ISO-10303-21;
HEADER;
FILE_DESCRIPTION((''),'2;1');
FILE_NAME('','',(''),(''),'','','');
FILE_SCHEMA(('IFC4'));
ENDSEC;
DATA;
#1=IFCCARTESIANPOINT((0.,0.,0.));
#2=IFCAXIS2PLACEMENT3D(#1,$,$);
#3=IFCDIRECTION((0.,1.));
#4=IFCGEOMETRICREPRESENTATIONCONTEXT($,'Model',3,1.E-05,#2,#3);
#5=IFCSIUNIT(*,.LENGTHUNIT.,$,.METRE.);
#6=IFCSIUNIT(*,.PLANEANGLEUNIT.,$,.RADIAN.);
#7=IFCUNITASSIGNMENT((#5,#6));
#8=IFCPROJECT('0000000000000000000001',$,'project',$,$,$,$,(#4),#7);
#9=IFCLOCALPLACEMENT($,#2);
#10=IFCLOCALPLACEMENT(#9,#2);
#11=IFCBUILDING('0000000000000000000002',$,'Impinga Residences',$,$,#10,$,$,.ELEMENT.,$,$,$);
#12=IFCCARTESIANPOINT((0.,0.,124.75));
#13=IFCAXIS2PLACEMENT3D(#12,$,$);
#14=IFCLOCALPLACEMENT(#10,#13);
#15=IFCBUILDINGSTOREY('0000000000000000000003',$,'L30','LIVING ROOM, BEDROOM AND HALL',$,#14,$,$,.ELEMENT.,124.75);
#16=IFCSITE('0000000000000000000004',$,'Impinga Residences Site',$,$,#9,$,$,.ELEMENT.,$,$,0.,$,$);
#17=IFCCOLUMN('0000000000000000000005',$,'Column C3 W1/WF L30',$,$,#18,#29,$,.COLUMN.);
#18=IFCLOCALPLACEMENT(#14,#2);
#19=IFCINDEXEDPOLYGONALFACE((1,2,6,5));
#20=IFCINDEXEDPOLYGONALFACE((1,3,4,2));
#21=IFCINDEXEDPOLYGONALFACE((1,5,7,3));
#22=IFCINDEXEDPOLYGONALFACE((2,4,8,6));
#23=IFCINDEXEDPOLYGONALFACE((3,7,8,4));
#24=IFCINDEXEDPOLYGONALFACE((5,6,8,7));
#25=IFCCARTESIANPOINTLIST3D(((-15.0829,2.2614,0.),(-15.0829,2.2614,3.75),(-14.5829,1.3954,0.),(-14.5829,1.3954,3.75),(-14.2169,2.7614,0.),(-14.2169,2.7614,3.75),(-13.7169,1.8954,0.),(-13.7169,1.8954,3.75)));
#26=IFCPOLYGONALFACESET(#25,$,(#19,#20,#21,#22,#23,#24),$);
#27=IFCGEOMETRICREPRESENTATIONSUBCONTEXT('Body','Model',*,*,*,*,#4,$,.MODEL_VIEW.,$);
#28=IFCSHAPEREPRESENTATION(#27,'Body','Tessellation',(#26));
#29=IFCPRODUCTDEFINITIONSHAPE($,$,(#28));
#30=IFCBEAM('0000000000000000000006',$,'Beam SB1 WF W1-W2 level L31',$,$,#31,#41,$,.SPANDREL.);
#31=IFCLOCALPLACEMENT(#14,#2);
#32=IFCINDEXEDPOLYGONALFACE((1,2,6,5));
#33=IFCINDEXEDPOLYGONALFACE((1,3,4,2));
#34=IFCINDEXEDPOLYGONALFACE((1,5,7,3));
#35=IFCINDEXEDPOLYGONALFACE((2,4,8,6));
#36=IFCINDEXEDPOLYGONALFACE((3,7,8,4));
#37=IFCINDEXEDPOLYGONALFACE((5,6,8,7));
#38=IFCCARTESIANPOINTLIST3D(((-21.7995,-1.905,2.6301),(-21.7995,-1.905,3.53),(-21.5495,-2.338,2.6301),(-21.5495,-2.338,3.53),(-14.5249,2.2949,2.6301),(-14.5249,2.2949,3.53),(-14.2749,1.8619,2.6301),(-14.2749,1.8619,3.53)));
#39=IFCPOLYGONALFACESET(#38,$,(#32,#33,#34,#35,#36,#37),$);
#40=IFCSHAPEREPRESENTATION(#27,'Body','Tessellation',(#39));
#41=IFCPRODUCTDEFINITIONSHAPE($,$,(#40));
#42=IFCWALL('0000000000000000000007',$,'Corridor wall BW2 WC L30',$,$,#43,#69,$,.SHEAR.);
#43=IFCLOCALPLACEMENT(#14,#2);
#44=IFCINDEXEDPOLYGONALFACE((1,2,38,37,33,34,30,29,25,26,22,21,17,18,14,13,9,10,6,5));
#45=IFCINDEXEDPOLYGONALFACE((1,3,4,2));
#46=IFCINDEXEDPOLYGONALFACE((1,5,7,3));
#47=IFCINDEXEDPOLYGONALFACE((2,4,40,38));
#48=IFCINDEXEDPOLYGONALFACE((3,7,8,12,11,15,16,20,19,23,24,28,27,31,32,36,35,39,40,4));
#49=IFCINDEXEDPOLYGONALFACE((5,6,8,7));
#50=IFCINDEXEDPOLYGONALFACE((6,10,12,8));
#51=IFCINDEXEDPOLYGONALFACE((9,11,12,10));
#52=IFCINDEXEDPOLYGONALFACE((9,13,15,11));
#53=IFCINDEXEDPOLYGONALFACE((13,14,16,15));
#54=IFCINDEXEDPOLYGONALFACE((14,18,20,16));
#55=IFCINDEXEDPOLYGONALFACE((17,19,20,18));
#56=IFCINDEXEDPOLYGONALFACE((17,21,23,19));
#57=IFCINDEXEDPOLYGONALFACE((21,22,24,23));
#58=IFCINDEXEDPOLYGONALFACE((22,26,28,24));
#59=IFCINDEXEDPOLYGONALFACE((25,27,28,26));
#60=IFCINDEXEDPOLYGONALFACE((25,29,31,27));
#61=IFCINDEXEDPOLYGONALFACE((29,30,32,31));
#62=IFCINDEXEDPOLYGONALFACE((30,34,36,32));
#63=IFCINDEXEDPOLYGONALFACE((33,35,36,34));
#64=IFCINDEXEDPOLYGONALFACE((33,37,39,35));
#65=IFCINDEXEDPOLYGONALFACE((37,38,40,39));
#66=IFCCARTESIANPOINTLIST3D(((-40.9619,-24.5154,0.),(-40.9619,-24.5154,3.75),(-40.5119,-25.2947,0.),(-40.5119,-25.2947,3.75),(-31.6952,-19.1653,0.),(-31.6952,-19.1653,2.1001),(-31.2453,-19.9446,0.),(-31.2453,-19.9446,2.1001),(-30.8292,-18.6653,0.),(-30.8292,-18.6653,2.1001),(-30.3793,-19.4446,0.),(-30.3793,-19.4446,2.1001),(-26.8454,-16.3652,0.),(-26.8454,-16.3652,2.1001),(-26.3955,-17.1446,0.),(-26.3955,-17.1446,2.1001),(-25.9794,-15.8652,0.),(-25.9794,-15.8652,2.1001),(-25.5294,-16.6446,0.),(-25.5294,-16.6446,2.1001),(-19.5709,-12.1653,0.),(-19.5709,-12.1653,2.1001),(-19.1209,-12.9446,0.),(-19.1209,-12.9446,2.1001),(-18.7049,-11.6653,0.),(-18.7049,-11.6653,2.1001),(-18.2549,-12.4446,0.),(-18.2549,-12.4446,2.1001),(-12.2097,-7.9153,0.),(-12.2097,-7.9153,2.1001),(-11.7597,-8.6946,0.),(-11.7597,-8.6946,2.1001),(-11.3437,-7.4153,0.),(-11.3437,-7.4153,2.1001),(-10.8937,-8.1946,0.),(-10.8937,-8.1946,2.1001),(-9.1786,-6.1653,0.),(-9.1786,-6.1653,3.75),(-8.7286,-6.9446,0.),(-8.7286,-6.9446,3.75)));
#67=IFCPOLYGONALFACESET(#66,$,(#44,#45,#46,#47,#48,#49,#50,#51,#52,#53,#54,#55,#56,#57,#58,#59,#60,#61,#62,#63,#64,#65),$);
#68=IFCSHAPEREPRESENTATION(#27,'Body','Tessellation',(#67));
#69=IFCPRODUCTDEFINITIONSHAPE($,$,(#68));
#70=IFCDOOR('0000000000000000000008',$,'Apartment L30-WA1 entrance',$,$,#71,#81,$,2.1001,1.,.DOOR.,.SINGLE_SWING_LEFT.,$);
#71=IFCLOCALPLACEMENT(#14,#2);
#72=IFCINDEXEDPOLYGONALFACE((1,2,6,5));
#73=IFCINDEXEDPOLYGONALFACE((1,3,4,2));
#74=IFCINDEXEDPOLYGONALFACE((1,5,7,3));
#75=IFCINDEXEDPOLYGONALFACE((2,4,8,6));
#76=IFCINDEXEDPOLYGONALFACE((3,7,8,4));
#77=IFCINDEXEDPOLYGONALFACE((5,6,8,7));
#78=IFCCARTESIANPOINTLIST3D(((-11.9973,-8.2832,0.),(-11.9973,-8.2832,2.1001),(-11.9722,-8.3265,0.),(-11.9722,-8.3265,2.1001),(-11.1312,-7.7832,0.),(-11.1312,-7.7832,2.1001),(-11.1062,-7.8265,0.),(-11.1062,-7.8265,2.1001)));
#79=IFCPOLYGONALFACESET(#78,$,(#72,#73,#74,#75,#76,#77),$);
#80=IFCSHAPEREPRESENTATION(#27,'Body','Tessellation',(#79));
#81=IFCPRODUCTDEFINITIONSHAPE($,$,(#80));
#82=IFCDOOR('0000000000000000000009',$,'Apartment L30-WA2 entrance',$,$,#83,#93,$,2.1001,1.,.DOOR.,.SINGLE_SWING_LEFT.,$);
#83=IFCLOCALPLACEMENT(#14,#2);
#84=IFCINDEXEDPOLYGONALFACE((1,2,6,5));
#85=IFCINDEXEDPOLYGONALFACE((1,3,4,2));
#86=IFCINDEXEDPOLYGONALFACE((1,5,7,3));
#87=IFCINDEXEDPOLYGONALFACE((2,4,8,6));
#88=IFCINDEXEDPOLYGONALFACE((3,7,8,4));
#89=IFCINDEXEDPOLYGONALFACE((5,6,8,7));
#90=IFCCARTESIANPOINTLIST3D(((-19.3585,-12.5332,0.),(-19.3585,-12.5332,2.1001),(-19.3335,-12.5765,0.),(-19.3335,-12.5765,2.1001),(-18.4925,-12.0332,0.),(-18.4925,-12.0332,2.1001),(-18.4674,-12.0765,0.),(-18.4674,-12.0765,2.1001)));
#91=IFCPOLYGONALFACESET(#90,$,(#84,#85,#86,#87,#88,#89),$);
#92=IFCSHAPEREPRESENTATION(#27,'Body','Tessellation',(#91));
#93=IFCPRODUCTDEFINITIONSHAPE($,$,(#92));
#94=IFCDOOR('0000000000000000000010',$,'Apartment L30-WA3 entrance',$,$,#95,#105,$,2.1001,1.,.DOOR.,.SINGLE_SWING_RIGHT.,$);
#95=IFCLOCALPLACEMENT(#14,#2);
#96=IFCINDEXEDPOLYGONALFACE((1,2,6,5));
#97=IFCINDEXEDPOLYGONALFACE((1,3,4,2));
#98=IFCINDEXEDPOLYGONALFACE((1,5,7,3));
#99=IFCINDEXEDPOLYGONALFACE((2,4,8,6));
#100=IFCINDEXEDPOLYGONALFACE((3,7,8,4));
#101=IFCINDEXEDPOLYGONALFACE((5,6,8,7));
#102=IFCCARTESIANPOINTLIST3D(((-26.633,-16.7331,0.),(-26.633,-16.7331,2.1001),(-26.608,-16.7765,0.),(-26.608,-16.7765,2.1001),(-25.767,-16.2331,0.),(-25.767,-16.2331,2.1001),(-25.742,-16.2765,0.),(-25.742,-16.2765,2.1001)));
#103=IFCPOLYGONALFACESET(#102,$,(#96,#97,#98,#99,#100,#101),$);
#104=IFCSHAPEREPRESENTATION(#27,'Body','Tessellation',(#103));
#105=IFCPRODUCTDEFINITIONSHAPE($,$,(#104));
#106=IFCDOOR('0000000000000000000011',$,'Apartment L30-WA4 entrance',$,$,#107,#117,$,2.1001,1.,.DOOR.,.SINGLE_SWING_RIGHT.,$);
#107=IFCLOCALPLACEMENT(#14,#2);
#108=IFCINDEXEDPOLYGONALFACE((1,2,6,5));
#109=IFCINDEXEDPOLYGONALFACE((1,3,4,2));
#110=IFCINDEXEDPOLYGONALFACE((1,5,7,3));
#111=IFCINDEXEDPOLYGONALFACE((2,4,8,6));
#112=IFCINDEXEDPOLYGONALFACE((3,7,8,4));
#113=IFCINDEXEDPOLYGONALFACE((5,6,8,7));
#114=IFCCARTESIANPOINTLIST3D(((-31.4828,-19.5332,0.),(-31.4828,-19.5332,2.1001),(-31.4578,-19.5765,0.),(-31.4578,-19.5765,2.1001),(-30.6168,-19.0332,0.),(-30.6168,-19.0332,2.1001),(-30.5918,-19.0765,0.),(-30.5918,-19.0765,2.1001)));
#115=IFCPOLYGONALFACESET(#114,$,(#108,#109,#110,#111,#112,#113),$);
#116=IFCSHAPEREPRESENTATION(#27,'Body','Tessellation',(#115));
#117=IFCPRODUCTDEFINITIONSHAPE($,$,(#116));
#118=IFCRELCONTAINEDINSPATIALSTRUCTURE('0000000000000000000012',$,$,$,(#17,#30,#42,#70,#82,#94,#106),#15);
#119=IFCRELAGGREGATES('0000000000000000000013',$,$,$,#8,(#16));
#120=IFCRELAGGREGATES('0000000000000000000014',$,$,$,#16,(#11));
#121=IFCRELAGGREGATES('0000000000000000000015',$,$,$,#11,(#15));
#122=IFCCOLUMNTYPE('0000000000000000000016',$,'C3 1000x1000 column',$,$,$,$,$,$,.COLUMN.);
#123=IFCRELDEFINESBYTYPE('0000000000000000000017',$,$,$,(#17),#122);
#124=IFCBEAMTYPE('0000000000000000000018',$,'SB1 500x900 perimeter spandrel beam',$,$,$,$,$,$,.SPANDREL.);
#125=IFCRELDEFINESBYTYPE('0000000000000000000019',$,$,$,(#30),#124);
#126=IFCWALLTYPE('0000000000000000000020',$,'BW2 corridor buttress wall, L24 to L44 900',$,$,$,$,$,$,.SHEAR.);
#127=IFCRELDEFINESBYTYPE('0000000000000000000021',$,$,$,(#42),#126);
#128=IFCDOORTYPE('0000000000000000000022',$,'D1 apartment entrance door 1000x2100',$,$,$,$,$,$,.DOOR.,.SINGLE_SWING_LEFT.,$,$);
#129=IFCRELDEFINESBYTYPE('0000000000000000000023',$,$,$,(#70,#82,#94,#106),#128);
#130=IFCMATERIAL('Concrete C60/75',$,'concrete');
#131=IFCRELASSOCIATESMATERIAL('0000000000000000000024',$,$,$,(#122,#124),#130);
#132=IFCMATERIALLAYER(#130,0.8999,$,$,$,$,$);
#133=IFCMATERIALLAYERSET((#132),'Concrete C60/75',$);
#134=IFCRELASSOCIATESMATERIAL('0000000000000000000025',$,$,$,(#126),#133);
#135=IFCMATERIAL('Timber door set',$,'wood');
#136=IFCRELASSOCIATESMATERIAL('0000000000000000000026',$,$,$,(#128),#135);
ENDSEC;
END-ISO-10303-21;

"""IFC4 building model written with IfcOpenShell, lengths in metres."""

from ifc_helpers import new_model, si_unit, direction, frame, frame_2d, origin, origin_2d, place, context, subcontext, project, spatial, rectangle, extrude, material, layer, layer_set, material_profile, profile_set, type_object, element, fill, save


model = new_model("IFC4")

# Units and contexts
model_context = context("Model", 3, precision=1e-05, world=origin(), true_north=direction((0.0, 1.0)))
body_context = subcontext(model_context, "Body", "Model", "MODEL_VIEW")
ifc_project = project(units=[si_unit("LENGTHUNIT", "METRE"), si_unit("PLANEANGLEUNIT", "RADIAN")], contexts=[model_context])

# Site, building, storey
site_placement = place(None, origin())
site = spatial("IfcSite", under=ifc_project, at=site_placement, Name="Impinga Residences Site", CompositionType="ELEMENT", RefElevation=0.0)
building_placement = place(site_placement, origin())
building = spatial("IfcBuilding", under=site, at=building_placement, Name="Impinga Residences", CompositionType="ELEMENT")
storey_placement = place(building_placement, frame((0.0, 0.0, 124.75)))
storey = spatial("IfcBuildingStorey", under=building, at=storey_placement, Name="L30", Description="LIVING ROOM, BEDROOM AND HALL", CompositionType="ELEMENT", Elevation=124.75)

# Column
ifc_material_1 = material(Name="Concrete C60/75", Category="concrete")
ifc_material_profile_1 = material_profile(ifc_material_1, rectangle(XDim=1.0, YDim=1.0, at=origin_2d()), Name="RC 1000x1000")
ifc_profile_set_1 = profile_set([ifc_material_profile_1], Name="Concrete C60/75")
column_type = type_object("IfcColumnType", Name="C3 1000x1000 column", PredefinedType="COLUMN", material=ifc_profile_set_1)
column_placement = place(storey_placement, frame((-14.3999, 2.0784, 0.0), z_axis=(0.0, 0.0, 1.0), x_axis=(-0.5, 0.866025, 0.0)))
element("IfcColumn", 1, at=column_placement, inside=storey, type_object=column_type, Name="Column C3 W1/WF L30", PredefinedType="COLUMN", context=body_context, shape_type="SweptSolid", body=[
    extrude(rectangle(XDim=1.0, YDim=1.0, at=origin_2d()), origin(), (0.0, 0.0, 1.0), 3.75),
])

# Beam
ifc_material_profile_2 = material_profile(ifc_material_1, rectangle(XDim=0.5, YDim=0.8999, at=origin_2d()), Name="RC 500x900")
ifc_profile_set_2 = profile_set([ifc_material_profile_2], Name="Concrete C60/75")
beam_type = type_object("IfcBeamType", Name="SB1 500x900 perimeter spandrel beam", PredefinedType="SPANDREL", material=ifc_profile_set_2)
beam_placement = place(storey_placement, frame((-14.3999, 2.0784, 3.0801), z_axis=(-0.866029, -0.499993, 0.0), x_axis=(0.499993, -0.866029, 0.0)))
element("IfcBeam", 2, at=beam_placement, inside=storey, type_object=beam_type, Name="Beam SB1 WF W1-W2 level L31", PredefinedType="SPANDREL", context=body_context, shape_type="SweptSolid", body=[
    extrude(rectangle(XDim=0.5, YDim=0.8999, at=origin_2d()), origin(), (0.0, 0.0, 1.0), 8.3999),
])

# Wall, openings, doors
ifc_layer_1 = layer(ifc_material_1, 0.8999)
ifc_layer_set_1 = layer_set([ifc_layer_1], Name="Concrete C60/75")
wall_type_1 = type_object("IfcWallType", Name="BW2 corridor buttress wall, L24 to L44 900", PredefinedType="SHEAR", material=ifc_layer_set_1)
wall_1_placement = place(storey_placement, frame((-8.9536, -6.5549, 0.0), z_axis=(0.0, 0.0, 1.0), x_axis=(-0.866025, -0.500001, 0.0)))
wall_1 = element("IfcWall", 3, at=wall_1_placement, inside=storey, type_object=wall_type_1, Name="Corridor wall BW2 WC L30", PredefinedType="SHEAR", context=body_context, shape_type="SweptSolid", body=[
    extrude(rectangle(XDim=36.7002, YDim=0.8999, at=frame_2d((18.3501, 0.0))), origin(), (0.0, 0.0, 1.0), 3.75),
])
opening_1_placement = place(wall_1_placement, frame((2.5, 0.0, 0.0)))
opening_1 = element("IfcOpeningElement", 4, at=opening_1_placement, cuts=wall_1, PredefinedType="OPENING", context=body_context, shape_type="SweptSolid", body=[
    extrude(rectangle(XDim=1.0, YDim=2.1001, at=frame_2d((0.5, 1.05))), frame((0.0, 0.46, 0.0), z_axis=(0.0, -1.0, 0.0), x_axis=(1.0, 0.0, 0.0)), (0.0, 0.0, 1.0), 0.9199),
])
opening_2_placement = place(wall_1_placement, frame((11.0, 0.0, 0.0)))
opening_2 = element("IfcOpeningElement", 5, at=opening_2_placement, cuts=wall_1, PredefinedType="OPENING", context=body_context, shape_type="SweptSolid", body=[
    extrude(rectangle(XDim=1.0, YDim=2.1001, at=frame_2d((0.5, 1.05))), frame((0.0, 0.46, 0.0), z_axis=(0.0, -1.0, 0.0), x_axis=(1.0, 0.0, 0.0)), (0.0, 0.0, 1.0), 0.9199),
])
opening_3_placement = place(wall_1_placement, frame((19.3999, 0.0, 0.0)))
opening_3 = element("IfcOpeningElement", 6, at=opening_3_placement, cuts=wall_1, PredefinedType="OPENING", context=body_context, shape_type="SweptSolid", body=[
    extrude(rectangle(XDim=1.0, YDim=2.1001, at=frame_2d((0.5, 1.05))), frame((0.0, 0.46, 0.0), z_axis=(0.0, -1.0, 0.0), x_axis=(1.0, 0.0, 0.0)), (0.0, 0.0, 1.0), 0.9199),
])
opening_4_placement = place(wall_1_placement, frame((25.0, 0.0, 0.0)))
opening_4 = element("IfcOpeningElement", 7, at=opening_4_placement, cuts=wall_1, PredefinedType="OPENING", context=body_context, shape_type="SweptSolid", body=[
    extrude(rectangle(XDim=1.0, YDim=2.1001, at=frame_2d((0.5, 1.05))), frame((0.0, 0.46, 0.0), z_axis=(0.0, -1.0, 0.0), x_axis=(1.0, 0.0, 0.0)), (0.0, 0.0, 1.0), 0.9199),
])
ifc_material_2 = material(Name="Timber door set", Category="wood")
door_type_1 = type_object("IfcDoorType", Name="D1 apartment entrance door 1000x2100", OperationType="SINGLE_SWING_LEFT", PredefinedType="DOOR", material=ifc_material_2)
door_1_placement = place(opening_1_placement, origin())
door_1 = element("IfcDoor", 8, at=door_1_placement, inside=storey, type_object=door_type_1, Name="Apartment L30-WA1 entrance", OperationType="SINGLE_SWING_LEFT", OverallHeight=2.1001, OverallWidth=1.0, PredefinedType="DOOR", context=body_context, shape_type="SweptSolid", body=[
    extrude(rectangle(XDim=1.0, YDim=2.1001, at=frame_2d((0.5, 1.05))), frame((0.0, 0.0249, 0.0), z_axis=(0.0, -1.0, 0.0), x_axis=(1.0, 0.0, 0.0)), (0.0, 0.0, 1.0), 0.05),
])
fill(opening_1, door_1)
door_2_placement = place(opening_2_placement, origin())
door_2 = element("IfcDoor", 9, at=door_2_placement, inside=storey, type_object=door_type_1, Name="Apartment L30-WA2 entrance", OperationType="SINGLE_SWING_LEFT", OverallHeight=2.1001, OverallWidth=1.0, PredefinedType="DOOR", context=body_context, shape_type="SweptSolid", body=[
    extrude(rectangle(XDim=1.0, YDim=2.1001, at=frame_2d((0.5, 1.05))), frame((0.0, 0.0249, 0.0), z_axis=(0.0, -1.0, 0.0), x_axis=(1.0, 0.0, 0.0)), (0.0, 0.0, 1.0), 0.05),
])
fill(opening_2, door_2)
door_3_placement = place(opening_3_placement, origin())
door_3 = element("IfcDoor", 10, at=door_3_placement, inside=storey, type_object=door_type_1, Name="Apartment L30-WA3 entrance", OperationType="SINGLE_SWING_RIGHT", OverallHeight=2.1001, OverallWidth=1.0, PredefinedType="DOOR", context=body_context, shape_type="SweptSolid", body=[
    extrude(rectangle(XDim=1.0, YDim=2.1001, at=frame_2d((0.5, 1.05))), frame((0.0, 0.0249, 0.0), z_axis=(0.0, -1.0, 0.0), x_axis=(1.0, 0.0, 0.0)), (0.0, 0.0, 1.0), 0.05),
])
fill(opening_3, door_3)
door_4_placement = place(opening_4_placement, origin())
door_4 = element("IfcDoor", 11, at=door_4_placement, inside=storey, type_object=door_type_1, Name="Apartment L30-WA4 entrance", OperationType="SINGLE_SWING_RIGHT", OverallHeight=2.1001, OverallWidth=1.0, PredefinedType="DOOR", context=body_context, shape_type="SweptSolid", body=[
    extrude(rectangle(XDim=1.0, YDim=2.1001, at=frame_2d((0.5, 1.05))), frame((0.0, 0.0249, 0.0), z_axis=(0.0, -1.0, 0.0), x_axis=(1.0, 0.0, 0.0)), (0.0, 0.0, 1.0), 0.05),
])
fill(opening_4, door_4)

save(model, "model.ifc")
